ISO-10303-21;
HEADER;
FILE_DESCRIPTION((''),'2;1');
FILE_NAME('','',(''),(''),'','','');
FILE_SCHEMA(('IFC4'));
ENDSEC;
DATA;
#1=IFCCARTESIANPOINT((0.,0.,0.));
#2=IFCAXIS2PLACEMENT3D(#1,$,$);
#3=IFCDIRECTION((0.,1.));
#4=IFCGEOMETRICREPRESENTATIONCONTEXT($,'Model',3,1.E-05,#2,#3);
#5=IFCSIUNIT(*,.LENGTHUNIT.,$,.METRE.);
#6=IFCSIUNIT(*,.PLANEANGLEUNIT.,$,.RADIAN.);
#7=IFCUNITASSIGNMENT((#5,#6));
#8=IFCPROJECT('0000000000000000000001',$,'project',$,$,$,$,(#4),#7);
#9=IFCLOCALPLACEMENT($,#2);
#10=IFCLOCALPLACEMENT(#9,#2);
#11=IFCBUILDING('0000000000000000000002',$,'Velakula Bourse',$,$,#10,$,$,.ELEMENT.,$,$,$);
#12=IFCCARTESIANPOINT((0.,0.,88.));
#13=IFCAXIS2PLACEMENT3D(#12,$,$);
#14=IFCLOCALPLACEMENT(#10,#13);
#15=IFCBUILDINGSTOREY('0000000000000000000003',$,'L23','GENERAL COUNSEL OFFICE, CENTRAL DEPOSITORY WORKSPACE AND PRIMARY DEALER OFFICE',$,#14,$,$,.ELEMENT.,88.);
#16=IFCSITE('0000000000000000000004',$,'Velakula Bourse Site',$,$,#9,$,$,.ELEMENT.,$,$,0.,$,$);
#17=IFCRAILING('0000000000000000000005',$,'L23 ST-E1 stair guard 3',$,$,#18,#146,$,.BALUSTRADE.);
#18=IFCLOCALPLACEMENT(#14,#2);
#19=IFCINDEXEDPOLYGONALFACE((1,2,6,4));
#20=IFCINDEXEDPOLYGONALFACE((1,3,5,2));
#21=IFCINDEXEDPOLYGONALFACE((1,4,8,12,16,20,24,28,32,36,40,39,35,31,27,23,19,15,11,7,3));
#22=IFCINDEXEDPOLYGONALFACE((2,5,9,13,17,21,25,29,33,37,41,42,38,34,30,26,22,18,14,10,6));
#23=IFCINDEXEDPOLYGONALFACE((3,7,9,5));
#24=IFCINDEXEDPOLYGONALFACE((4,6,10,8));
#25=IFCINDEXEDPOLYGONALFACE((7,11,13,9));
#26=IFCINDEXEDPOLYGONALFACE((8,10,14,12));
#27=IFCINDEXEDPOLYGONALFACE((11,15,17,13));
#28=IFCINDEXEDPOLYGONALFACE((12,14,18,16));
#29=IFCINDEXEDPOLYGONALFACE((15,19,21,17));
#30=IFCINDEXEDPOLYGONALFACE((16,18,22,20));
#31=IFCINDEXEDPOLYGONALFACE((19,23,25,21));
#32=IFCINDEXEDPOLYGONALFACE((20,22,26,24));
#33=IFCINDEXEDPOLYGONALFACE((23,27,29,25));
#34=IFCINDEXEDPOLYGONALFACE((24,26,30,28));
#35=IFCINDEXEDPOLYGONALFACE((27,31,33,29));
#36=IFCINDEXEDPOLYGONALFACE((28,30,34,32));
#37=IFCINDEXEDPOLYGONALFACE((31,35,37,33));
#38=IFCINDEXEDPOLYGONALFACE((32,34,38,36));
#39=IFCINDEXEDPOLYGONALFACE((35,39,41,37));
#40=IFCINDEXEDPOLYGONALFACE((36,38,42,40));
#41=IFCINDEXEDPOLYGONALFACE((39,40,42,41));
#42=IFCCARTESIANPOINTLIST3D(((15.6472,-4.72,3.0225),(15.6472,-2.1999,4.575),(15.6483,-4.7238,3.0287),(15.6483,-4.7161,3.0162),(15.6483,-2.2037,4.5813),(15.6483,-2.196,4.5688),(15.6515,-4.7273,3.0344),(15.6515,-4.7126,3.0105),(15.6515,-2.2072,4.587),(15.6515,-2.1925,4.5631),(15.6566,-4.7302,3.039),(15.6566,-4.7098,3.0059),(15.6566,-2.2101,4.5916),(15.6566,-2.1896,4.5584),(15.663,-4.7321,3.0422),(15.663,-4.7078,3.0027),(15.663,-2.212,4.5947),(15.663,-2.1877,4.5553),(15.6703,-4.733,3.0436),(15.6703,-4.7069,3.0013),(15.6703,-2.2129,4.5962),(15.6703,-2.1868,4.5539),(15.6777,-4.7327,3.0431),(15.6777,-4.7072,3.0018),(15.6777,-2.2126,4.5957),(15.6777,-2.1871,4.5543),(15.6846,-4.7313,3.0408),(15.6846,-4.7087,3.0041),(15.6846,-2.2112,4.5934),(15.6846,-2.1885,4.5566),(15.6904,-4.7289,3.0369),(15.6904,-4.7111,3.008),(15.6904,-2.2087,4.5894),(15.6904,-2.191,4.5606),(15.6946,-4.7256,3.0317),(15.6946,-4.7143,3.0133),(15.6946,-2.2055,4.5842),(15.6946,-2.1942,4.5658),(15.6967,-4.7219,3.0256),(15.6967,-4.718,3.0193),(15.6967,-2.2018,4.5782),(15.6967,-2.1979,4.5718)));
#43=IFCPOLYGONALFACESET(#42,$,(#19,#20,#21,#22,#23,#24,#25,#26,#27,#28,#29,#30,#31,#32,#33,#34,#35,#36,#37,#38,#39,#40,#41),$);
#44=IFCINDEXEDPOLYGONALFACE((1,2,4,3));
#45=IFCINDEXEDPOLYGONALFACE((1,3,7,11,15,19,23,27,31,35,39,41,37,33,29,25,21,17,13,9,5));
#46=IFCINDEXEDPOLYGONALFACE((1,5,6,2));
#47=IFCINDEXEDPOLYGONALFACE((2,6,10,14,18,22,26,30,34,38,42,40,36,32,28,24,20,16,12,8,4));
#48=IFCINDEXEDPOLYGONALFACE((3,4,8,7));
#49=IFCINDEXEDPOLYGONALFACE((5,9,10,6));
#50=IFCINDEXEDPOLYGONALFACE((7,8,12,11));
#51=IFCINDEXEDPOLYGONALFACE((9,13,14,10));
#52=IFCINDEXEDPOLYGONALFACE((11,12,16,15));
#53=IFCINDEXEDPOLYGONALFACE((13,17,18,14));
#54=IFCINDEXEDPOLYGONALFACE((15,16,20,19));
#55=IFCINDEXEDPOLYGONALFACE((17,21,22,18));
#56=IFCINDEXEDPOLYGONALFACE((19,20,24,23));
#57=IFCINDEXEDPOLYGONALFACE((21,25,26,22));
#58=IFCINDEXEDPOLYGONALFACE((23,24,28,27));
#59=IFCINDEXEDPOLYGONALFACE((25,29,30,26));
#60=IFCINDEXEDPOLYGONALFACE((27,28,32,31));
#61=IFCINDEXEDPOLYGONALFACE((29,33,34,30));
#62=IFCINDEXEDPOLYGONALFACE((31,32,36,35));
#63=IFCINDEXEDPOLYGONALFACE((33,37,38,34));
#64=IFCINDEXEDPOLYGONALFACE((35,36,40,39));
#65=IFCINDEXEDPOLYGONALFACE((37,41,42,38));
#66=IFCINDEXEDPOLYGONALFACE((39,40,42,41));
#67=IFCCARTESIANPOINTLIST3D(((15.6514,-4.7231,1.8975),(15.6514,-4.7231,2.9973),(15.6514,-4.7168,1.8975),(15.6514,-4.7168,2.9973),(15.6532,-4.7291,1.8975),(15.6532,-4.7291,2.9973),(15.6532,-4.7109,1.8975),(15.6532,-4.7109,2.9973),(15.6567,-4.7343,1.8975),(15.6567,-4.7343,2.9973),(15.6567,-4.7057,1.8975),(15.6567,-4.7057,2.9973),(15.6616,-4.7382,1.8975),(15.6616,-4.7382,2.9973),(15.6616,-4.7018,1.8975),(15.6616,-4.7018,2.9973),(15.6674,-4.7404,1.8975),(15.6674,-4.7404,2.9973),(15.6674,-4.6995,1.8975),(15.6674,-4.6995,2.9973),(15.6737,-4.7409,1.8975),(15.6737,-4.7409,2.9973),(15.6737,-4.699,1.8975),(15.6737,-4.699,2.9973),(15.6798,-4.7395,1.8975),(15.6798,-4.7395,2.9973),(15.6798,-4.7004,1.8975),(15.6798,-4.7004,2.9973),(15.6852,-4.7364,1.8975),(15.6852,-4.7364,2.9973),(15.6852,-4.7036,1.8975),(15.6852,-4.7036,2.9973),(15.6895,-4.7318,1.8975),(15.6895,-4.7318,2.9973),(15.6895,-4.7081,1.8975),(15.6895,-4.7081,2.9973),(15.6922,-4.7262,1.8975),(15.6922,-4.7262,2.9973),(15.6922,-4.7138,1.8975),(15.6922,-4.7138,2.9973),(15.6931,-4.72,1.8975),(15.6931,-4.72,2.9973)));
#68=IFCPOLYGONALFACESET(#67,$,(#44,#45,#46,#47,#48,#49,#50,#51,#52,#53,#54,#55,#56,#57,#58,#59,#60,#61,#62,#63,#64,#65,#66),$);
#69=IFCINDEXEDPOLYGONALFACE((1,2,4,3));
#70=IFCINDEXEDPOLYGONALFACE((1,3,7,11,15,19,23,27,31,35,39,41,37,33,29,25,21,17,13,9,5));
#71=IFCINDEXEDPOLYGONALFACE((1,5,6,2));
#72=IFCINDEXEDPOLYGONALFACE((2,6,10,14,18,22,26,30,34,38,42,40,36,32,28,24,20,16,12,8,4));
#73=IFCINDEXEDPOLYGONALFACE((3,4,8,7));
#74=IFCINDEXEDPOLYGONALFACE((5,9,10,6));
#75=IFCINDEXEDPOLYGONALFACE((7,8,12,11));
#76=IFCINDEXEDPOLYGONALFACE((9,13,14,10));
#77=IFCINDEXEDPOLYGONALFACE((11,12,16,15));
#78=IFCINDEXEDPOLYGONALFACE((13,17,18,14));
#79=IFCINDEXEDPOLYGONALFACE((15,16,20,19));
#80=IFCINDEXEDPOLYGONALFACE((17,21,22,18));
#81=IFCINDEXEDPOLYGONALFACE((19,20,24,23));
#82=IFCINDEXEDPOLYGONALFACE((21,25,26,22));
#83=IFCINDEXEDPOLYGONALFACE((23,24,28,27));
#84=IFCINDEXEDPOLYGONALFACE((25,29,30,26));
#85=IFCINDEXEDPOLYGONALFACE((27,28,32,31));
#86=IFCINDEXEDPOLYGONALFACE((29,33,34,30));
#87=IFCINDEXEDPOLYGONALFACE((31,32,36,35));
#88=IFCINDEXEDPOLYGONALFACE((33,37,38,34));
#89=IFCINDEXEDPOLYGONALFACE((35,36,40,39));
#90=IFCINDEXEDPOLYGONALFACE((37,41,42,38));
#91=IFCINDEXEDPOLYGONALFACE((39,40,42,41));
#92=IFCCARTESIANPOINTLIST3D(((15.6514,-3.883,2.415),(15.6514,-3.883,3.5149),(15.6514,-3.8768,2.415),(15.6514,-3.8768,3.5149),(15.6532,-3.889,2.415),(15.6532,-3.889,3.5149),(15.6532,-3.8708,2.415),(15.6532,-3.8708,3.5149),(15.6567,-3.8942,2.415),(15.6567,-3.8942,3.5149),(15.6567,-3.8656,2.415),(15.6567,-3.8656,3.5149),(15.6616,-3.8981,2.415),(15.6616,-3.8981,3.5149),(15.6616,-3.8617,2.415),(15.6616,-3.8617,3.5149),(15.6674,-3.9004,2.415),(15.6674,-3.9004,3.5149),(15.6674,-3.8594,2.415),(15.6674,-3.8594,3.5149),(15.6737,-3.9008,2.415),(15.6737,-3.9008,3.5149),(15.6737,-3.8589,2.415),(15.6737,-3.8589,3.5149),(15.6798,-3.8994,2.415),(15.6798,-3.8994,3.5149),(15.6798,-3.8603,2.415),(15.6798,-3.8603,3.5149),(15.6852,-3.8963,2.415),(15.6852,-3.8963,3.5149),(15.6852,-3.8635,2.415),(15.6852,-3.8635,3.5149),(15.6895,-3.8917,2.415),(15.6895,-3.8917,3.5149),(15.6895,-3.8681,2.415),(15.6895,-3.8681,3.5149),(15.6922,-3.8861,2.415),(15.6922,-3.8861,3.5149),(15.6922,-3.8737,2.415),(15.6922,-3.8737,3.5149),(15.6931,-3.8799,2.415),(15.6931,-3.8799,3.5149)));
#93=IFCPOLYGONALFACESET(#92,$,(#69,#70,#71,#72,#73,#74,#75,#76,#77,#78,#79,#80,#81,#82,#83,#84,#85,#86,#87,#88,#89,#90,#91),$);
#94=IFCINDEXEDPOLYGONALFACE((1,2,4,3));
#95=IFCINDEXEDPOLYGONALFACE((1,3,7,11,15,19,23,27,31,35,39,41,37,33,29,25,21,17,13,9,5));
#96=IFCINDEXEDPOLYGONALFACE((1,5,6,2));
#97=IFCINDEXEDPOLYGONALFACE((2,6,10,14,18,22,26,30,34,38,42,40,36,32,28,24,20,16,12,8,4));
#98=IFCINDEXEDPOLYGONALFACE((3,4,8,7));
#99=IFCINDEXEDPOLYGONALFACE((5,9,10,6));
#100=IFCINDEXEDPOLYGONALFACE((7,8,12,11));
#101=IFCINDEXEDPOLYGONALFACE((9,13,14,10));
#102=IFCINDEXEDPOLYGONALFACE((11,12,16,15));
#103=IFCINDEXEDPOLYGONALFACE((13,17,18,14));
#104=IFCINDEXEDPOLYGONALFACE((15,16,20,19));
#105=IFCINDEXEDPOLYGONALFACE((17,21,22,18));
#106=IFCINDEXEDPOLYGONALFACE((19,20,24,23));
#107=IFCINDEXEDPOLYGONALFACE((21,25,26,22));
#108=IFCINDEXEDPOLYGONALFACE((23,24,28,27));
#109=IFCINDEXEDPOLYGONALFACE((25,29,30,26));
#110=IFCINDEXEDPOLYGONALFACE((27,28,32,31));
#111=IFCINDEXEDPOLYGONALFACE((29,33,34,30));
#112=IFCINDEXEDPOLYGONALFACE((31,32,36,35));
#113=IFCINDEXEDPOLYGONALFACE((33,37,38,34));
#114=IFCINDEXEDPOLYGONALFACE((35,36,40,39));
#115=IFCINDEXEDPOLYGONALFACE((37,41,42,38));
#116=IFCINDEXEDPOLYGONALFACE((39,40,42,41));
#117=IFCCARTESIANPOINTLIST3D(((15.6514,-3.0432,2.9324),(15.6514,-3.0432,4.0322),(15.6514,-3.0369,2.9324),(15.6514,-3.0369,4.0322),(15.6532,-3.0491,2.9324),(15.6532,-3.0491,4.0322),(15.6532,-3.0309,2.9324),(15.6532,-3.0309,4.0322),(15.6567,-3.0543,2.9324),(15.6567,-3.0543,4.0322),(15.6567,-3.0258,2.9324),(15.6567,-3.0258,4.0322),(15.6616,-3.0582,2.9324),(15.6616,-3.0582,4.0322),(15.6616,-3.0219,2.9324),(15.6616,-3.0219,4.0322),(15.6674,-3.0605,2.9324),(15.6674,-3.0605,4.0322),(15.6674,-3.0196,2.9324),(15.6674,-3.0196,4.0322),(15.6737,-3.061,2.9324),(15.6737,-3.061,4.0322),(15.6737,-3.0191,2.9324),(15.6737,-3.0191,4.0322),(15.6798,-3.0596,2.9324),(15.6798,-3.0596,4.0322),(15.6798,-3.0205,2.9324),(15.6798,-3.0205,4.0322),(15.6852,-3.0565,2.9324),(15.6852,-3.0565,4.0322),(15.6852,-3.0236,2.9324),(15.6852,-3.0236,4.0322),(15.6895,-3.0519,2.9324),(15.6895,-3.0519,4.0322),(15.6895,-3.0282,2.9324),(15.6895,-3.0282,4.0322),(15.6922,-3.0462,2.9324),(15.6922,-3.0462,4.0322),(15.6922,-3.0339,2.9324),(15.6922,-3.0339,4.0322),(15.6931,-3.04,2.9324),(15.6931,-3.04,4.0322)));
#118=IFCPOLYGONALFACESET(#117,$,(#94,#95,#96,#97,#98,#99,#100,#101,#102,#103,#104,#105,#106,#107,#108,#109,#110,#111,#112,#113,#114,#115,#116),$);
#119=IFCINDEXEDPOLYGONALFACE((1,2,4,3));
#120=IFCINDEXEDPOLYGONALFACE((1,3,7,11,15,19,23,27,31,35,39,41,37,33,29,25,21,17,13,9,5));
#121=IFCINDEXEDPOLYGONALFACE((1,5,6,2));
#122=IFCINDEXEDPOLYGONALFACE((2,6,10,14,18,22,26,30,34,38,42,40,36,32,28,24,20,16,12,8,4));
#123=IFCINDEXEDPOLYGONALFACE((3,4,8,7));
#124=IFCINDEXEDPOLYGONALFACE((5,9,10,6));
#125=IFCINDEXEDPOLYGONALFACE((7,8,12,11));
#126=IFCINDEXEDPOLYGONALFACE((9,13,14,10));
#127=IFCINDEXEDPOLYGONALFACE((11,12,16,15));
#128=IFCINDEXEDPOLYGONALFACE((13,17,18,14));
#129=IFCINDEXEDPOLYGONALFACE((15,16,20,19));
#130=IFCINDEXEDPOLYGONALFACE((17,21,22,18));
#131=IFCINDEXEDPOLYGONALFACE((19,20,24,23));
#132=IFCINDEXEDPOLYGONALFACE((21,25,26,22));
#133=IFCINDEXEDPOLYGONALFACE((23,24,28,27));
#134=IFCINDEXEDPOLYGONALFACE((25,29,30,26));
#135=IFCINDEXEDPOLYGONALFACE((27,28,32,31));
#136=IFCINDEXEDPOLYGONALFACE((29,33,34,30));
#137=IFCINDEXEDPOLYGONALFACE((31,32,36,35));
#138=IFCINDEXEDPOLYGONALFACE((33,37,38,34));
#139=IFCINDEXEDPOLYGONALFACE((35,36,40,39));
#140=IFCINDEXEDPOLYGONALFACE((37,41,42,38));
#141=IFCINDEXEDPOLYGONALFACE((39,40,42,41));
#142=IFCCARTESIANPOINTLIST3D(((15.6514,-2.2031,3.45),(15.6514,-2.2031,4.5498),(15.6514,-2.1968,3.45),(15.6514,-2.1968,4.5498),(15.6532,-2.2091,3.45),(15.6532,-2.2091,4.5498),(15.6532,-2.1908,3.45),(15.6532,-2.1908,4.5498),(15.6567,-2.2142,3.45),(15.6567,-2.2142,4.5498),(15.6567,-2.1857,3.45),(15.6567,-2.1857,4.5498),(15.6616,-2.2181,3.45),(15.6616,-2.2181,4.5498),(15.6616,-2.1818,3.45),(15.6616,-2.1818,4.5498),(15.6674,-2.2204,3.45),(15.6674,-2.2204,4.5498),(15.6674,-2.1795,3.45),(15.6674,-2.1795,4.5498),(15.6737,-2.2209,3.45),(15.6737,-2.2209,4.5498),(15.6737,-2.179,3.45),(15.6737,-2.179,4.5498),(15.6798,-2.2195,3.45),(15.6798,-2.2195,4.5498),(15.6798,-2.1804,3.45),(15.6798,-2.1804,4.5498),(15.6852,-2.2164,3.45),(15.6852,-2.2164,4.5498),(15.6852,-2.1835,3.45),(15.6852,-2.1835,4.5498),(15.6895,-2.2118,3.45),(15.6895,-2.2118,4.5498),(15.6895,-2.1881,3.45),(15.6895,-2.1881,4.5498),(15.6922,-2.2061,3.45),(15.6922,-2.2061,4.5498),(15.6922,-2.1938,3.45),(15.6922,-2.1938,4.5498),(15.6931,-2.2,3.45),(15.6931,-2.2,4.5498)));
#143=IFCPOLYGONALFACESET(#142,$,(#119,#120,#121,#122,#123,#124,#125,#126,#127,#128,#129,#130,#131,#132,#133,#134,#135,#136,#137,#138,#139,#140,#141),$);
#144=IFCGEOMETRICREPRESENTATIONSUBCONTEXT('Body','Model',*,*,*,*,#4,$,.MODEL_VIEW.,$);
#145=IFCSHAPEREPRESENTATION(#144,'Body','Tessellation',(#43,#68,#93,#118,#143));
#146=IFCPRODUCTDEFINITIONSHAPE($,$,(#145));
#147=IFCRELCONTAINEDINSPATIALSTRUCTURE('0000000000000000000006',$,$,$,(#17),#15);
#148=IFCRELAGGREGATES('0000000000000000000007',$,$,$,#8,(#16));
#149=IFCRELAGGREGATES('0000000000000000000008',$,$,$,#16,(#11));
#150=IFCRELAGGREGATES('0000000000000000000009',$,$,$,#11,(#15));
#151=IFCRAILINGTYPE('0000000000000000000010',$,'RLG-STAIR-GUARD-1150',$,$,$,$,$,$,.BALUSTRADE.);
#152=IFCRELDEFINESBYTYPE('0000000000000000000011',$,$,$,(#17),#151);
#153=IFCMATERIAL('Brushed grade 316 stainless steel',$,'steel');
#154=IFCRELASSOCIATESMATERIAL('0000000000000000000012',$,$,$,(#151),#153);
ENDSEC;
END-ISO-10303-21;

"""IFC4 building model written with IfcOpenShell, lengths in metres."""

from ifc_helpers import new_model, si_unit, direction, frame, origin, origin_2d, place, context, subcontext, project, spatial, circle, extrude, material, type_object, element, save


model = new_model("IFC4")

# Units and contexts
model_context = context("Model", 3, precision=1e-05, world=origin(), true_north=direction((0.0, 1.0)))
body_context = subcontext(model_context, "Body", "Model", "MODEL_VIEW")
ifc_project = project(units=[si_unit("LENGTHUNIT", "METRE"), si_unit("PLANEANGLEUNIT", "RADIAN")], contexts=[model_context])

# Site, building, storey
site_placement = place(None, origin())
site = spatial("IfcSite", under=ifc_project, at=site_placement, Name="Velakula Bourse Site", CompositionType="ELEMENT", RefElevation=0.0)
building_placement = place(site_placement, origin())
building = spatial("IfcBuilding", under=site, at=building_placement, Name="Velakula Bourse", CompositionType="ELEMENT")
storey_placement = place(building_placement, frame((0.0, 0.0, 88.0)))
storey = spatial("IfcBuildingStorey", under=building, at=storey_placement, Name="L23", Description="GENERAL COUNSEL OFFICE, CENTRAL DEPOSITORY WORKSPACE AND PRIMARY DEALER OFFICE", CompositionType="ELEMENT", Elevation=88.0)

# Railing
ifc_material_1 = material(Name="Brushed grade 316 stainless steel", Category="steel")
railing_type_1 = type_object("IfcRailingType", Name="RLG-STAIR-GUARD-1150", PredefinedType="BALUSTRADE", material=ifc_material_1)
railing_1_placement = place(storey_placement, frame((15.6721, -4.72, 1.8975)))
element("IfcRailing", 1, at=railing_1_placement, inside=storey, type_object=railing_type_1, Name="L23 ST-E1 stair guard 3", PredefinedType="BALUSTRADE", context=body_context, shape_type="SweptSolid", body=[
    extrude(circle(Radius=0.0249, at=origin_2d()), frame((0.0, 0.0, 1.125), z_axis=(0.0, 0.8514, 0.524516), x_axis=(-1.0, 0.0, 0.0)), (0.0, 0.0, 1.0), 2.96),
    extrude(circle(Radius=0.021, at=origin_2d()), origin(), (0.0, 0.0, 1.0), 1.0999),
    extrude(circle(Radius=0.021, at=origin_2d()), frame((0.0, 0.8401, 0.5176)), (0.0, 0.0, 1.0), 1.0999),
    extrude(circle(Radius=0.021, at=origin_2d()), frame((0.0, 1.6799, 1.0349)), (0.0, 0.0, 1.0), 1.0999),
    extrude(circle(Radius=0.021, at=origin_2d()), frame((0.0, 2.52, 1.5525)), (0.0, 0.0, 1.0), 1.0999),
])

save(model, "model.ifc")
